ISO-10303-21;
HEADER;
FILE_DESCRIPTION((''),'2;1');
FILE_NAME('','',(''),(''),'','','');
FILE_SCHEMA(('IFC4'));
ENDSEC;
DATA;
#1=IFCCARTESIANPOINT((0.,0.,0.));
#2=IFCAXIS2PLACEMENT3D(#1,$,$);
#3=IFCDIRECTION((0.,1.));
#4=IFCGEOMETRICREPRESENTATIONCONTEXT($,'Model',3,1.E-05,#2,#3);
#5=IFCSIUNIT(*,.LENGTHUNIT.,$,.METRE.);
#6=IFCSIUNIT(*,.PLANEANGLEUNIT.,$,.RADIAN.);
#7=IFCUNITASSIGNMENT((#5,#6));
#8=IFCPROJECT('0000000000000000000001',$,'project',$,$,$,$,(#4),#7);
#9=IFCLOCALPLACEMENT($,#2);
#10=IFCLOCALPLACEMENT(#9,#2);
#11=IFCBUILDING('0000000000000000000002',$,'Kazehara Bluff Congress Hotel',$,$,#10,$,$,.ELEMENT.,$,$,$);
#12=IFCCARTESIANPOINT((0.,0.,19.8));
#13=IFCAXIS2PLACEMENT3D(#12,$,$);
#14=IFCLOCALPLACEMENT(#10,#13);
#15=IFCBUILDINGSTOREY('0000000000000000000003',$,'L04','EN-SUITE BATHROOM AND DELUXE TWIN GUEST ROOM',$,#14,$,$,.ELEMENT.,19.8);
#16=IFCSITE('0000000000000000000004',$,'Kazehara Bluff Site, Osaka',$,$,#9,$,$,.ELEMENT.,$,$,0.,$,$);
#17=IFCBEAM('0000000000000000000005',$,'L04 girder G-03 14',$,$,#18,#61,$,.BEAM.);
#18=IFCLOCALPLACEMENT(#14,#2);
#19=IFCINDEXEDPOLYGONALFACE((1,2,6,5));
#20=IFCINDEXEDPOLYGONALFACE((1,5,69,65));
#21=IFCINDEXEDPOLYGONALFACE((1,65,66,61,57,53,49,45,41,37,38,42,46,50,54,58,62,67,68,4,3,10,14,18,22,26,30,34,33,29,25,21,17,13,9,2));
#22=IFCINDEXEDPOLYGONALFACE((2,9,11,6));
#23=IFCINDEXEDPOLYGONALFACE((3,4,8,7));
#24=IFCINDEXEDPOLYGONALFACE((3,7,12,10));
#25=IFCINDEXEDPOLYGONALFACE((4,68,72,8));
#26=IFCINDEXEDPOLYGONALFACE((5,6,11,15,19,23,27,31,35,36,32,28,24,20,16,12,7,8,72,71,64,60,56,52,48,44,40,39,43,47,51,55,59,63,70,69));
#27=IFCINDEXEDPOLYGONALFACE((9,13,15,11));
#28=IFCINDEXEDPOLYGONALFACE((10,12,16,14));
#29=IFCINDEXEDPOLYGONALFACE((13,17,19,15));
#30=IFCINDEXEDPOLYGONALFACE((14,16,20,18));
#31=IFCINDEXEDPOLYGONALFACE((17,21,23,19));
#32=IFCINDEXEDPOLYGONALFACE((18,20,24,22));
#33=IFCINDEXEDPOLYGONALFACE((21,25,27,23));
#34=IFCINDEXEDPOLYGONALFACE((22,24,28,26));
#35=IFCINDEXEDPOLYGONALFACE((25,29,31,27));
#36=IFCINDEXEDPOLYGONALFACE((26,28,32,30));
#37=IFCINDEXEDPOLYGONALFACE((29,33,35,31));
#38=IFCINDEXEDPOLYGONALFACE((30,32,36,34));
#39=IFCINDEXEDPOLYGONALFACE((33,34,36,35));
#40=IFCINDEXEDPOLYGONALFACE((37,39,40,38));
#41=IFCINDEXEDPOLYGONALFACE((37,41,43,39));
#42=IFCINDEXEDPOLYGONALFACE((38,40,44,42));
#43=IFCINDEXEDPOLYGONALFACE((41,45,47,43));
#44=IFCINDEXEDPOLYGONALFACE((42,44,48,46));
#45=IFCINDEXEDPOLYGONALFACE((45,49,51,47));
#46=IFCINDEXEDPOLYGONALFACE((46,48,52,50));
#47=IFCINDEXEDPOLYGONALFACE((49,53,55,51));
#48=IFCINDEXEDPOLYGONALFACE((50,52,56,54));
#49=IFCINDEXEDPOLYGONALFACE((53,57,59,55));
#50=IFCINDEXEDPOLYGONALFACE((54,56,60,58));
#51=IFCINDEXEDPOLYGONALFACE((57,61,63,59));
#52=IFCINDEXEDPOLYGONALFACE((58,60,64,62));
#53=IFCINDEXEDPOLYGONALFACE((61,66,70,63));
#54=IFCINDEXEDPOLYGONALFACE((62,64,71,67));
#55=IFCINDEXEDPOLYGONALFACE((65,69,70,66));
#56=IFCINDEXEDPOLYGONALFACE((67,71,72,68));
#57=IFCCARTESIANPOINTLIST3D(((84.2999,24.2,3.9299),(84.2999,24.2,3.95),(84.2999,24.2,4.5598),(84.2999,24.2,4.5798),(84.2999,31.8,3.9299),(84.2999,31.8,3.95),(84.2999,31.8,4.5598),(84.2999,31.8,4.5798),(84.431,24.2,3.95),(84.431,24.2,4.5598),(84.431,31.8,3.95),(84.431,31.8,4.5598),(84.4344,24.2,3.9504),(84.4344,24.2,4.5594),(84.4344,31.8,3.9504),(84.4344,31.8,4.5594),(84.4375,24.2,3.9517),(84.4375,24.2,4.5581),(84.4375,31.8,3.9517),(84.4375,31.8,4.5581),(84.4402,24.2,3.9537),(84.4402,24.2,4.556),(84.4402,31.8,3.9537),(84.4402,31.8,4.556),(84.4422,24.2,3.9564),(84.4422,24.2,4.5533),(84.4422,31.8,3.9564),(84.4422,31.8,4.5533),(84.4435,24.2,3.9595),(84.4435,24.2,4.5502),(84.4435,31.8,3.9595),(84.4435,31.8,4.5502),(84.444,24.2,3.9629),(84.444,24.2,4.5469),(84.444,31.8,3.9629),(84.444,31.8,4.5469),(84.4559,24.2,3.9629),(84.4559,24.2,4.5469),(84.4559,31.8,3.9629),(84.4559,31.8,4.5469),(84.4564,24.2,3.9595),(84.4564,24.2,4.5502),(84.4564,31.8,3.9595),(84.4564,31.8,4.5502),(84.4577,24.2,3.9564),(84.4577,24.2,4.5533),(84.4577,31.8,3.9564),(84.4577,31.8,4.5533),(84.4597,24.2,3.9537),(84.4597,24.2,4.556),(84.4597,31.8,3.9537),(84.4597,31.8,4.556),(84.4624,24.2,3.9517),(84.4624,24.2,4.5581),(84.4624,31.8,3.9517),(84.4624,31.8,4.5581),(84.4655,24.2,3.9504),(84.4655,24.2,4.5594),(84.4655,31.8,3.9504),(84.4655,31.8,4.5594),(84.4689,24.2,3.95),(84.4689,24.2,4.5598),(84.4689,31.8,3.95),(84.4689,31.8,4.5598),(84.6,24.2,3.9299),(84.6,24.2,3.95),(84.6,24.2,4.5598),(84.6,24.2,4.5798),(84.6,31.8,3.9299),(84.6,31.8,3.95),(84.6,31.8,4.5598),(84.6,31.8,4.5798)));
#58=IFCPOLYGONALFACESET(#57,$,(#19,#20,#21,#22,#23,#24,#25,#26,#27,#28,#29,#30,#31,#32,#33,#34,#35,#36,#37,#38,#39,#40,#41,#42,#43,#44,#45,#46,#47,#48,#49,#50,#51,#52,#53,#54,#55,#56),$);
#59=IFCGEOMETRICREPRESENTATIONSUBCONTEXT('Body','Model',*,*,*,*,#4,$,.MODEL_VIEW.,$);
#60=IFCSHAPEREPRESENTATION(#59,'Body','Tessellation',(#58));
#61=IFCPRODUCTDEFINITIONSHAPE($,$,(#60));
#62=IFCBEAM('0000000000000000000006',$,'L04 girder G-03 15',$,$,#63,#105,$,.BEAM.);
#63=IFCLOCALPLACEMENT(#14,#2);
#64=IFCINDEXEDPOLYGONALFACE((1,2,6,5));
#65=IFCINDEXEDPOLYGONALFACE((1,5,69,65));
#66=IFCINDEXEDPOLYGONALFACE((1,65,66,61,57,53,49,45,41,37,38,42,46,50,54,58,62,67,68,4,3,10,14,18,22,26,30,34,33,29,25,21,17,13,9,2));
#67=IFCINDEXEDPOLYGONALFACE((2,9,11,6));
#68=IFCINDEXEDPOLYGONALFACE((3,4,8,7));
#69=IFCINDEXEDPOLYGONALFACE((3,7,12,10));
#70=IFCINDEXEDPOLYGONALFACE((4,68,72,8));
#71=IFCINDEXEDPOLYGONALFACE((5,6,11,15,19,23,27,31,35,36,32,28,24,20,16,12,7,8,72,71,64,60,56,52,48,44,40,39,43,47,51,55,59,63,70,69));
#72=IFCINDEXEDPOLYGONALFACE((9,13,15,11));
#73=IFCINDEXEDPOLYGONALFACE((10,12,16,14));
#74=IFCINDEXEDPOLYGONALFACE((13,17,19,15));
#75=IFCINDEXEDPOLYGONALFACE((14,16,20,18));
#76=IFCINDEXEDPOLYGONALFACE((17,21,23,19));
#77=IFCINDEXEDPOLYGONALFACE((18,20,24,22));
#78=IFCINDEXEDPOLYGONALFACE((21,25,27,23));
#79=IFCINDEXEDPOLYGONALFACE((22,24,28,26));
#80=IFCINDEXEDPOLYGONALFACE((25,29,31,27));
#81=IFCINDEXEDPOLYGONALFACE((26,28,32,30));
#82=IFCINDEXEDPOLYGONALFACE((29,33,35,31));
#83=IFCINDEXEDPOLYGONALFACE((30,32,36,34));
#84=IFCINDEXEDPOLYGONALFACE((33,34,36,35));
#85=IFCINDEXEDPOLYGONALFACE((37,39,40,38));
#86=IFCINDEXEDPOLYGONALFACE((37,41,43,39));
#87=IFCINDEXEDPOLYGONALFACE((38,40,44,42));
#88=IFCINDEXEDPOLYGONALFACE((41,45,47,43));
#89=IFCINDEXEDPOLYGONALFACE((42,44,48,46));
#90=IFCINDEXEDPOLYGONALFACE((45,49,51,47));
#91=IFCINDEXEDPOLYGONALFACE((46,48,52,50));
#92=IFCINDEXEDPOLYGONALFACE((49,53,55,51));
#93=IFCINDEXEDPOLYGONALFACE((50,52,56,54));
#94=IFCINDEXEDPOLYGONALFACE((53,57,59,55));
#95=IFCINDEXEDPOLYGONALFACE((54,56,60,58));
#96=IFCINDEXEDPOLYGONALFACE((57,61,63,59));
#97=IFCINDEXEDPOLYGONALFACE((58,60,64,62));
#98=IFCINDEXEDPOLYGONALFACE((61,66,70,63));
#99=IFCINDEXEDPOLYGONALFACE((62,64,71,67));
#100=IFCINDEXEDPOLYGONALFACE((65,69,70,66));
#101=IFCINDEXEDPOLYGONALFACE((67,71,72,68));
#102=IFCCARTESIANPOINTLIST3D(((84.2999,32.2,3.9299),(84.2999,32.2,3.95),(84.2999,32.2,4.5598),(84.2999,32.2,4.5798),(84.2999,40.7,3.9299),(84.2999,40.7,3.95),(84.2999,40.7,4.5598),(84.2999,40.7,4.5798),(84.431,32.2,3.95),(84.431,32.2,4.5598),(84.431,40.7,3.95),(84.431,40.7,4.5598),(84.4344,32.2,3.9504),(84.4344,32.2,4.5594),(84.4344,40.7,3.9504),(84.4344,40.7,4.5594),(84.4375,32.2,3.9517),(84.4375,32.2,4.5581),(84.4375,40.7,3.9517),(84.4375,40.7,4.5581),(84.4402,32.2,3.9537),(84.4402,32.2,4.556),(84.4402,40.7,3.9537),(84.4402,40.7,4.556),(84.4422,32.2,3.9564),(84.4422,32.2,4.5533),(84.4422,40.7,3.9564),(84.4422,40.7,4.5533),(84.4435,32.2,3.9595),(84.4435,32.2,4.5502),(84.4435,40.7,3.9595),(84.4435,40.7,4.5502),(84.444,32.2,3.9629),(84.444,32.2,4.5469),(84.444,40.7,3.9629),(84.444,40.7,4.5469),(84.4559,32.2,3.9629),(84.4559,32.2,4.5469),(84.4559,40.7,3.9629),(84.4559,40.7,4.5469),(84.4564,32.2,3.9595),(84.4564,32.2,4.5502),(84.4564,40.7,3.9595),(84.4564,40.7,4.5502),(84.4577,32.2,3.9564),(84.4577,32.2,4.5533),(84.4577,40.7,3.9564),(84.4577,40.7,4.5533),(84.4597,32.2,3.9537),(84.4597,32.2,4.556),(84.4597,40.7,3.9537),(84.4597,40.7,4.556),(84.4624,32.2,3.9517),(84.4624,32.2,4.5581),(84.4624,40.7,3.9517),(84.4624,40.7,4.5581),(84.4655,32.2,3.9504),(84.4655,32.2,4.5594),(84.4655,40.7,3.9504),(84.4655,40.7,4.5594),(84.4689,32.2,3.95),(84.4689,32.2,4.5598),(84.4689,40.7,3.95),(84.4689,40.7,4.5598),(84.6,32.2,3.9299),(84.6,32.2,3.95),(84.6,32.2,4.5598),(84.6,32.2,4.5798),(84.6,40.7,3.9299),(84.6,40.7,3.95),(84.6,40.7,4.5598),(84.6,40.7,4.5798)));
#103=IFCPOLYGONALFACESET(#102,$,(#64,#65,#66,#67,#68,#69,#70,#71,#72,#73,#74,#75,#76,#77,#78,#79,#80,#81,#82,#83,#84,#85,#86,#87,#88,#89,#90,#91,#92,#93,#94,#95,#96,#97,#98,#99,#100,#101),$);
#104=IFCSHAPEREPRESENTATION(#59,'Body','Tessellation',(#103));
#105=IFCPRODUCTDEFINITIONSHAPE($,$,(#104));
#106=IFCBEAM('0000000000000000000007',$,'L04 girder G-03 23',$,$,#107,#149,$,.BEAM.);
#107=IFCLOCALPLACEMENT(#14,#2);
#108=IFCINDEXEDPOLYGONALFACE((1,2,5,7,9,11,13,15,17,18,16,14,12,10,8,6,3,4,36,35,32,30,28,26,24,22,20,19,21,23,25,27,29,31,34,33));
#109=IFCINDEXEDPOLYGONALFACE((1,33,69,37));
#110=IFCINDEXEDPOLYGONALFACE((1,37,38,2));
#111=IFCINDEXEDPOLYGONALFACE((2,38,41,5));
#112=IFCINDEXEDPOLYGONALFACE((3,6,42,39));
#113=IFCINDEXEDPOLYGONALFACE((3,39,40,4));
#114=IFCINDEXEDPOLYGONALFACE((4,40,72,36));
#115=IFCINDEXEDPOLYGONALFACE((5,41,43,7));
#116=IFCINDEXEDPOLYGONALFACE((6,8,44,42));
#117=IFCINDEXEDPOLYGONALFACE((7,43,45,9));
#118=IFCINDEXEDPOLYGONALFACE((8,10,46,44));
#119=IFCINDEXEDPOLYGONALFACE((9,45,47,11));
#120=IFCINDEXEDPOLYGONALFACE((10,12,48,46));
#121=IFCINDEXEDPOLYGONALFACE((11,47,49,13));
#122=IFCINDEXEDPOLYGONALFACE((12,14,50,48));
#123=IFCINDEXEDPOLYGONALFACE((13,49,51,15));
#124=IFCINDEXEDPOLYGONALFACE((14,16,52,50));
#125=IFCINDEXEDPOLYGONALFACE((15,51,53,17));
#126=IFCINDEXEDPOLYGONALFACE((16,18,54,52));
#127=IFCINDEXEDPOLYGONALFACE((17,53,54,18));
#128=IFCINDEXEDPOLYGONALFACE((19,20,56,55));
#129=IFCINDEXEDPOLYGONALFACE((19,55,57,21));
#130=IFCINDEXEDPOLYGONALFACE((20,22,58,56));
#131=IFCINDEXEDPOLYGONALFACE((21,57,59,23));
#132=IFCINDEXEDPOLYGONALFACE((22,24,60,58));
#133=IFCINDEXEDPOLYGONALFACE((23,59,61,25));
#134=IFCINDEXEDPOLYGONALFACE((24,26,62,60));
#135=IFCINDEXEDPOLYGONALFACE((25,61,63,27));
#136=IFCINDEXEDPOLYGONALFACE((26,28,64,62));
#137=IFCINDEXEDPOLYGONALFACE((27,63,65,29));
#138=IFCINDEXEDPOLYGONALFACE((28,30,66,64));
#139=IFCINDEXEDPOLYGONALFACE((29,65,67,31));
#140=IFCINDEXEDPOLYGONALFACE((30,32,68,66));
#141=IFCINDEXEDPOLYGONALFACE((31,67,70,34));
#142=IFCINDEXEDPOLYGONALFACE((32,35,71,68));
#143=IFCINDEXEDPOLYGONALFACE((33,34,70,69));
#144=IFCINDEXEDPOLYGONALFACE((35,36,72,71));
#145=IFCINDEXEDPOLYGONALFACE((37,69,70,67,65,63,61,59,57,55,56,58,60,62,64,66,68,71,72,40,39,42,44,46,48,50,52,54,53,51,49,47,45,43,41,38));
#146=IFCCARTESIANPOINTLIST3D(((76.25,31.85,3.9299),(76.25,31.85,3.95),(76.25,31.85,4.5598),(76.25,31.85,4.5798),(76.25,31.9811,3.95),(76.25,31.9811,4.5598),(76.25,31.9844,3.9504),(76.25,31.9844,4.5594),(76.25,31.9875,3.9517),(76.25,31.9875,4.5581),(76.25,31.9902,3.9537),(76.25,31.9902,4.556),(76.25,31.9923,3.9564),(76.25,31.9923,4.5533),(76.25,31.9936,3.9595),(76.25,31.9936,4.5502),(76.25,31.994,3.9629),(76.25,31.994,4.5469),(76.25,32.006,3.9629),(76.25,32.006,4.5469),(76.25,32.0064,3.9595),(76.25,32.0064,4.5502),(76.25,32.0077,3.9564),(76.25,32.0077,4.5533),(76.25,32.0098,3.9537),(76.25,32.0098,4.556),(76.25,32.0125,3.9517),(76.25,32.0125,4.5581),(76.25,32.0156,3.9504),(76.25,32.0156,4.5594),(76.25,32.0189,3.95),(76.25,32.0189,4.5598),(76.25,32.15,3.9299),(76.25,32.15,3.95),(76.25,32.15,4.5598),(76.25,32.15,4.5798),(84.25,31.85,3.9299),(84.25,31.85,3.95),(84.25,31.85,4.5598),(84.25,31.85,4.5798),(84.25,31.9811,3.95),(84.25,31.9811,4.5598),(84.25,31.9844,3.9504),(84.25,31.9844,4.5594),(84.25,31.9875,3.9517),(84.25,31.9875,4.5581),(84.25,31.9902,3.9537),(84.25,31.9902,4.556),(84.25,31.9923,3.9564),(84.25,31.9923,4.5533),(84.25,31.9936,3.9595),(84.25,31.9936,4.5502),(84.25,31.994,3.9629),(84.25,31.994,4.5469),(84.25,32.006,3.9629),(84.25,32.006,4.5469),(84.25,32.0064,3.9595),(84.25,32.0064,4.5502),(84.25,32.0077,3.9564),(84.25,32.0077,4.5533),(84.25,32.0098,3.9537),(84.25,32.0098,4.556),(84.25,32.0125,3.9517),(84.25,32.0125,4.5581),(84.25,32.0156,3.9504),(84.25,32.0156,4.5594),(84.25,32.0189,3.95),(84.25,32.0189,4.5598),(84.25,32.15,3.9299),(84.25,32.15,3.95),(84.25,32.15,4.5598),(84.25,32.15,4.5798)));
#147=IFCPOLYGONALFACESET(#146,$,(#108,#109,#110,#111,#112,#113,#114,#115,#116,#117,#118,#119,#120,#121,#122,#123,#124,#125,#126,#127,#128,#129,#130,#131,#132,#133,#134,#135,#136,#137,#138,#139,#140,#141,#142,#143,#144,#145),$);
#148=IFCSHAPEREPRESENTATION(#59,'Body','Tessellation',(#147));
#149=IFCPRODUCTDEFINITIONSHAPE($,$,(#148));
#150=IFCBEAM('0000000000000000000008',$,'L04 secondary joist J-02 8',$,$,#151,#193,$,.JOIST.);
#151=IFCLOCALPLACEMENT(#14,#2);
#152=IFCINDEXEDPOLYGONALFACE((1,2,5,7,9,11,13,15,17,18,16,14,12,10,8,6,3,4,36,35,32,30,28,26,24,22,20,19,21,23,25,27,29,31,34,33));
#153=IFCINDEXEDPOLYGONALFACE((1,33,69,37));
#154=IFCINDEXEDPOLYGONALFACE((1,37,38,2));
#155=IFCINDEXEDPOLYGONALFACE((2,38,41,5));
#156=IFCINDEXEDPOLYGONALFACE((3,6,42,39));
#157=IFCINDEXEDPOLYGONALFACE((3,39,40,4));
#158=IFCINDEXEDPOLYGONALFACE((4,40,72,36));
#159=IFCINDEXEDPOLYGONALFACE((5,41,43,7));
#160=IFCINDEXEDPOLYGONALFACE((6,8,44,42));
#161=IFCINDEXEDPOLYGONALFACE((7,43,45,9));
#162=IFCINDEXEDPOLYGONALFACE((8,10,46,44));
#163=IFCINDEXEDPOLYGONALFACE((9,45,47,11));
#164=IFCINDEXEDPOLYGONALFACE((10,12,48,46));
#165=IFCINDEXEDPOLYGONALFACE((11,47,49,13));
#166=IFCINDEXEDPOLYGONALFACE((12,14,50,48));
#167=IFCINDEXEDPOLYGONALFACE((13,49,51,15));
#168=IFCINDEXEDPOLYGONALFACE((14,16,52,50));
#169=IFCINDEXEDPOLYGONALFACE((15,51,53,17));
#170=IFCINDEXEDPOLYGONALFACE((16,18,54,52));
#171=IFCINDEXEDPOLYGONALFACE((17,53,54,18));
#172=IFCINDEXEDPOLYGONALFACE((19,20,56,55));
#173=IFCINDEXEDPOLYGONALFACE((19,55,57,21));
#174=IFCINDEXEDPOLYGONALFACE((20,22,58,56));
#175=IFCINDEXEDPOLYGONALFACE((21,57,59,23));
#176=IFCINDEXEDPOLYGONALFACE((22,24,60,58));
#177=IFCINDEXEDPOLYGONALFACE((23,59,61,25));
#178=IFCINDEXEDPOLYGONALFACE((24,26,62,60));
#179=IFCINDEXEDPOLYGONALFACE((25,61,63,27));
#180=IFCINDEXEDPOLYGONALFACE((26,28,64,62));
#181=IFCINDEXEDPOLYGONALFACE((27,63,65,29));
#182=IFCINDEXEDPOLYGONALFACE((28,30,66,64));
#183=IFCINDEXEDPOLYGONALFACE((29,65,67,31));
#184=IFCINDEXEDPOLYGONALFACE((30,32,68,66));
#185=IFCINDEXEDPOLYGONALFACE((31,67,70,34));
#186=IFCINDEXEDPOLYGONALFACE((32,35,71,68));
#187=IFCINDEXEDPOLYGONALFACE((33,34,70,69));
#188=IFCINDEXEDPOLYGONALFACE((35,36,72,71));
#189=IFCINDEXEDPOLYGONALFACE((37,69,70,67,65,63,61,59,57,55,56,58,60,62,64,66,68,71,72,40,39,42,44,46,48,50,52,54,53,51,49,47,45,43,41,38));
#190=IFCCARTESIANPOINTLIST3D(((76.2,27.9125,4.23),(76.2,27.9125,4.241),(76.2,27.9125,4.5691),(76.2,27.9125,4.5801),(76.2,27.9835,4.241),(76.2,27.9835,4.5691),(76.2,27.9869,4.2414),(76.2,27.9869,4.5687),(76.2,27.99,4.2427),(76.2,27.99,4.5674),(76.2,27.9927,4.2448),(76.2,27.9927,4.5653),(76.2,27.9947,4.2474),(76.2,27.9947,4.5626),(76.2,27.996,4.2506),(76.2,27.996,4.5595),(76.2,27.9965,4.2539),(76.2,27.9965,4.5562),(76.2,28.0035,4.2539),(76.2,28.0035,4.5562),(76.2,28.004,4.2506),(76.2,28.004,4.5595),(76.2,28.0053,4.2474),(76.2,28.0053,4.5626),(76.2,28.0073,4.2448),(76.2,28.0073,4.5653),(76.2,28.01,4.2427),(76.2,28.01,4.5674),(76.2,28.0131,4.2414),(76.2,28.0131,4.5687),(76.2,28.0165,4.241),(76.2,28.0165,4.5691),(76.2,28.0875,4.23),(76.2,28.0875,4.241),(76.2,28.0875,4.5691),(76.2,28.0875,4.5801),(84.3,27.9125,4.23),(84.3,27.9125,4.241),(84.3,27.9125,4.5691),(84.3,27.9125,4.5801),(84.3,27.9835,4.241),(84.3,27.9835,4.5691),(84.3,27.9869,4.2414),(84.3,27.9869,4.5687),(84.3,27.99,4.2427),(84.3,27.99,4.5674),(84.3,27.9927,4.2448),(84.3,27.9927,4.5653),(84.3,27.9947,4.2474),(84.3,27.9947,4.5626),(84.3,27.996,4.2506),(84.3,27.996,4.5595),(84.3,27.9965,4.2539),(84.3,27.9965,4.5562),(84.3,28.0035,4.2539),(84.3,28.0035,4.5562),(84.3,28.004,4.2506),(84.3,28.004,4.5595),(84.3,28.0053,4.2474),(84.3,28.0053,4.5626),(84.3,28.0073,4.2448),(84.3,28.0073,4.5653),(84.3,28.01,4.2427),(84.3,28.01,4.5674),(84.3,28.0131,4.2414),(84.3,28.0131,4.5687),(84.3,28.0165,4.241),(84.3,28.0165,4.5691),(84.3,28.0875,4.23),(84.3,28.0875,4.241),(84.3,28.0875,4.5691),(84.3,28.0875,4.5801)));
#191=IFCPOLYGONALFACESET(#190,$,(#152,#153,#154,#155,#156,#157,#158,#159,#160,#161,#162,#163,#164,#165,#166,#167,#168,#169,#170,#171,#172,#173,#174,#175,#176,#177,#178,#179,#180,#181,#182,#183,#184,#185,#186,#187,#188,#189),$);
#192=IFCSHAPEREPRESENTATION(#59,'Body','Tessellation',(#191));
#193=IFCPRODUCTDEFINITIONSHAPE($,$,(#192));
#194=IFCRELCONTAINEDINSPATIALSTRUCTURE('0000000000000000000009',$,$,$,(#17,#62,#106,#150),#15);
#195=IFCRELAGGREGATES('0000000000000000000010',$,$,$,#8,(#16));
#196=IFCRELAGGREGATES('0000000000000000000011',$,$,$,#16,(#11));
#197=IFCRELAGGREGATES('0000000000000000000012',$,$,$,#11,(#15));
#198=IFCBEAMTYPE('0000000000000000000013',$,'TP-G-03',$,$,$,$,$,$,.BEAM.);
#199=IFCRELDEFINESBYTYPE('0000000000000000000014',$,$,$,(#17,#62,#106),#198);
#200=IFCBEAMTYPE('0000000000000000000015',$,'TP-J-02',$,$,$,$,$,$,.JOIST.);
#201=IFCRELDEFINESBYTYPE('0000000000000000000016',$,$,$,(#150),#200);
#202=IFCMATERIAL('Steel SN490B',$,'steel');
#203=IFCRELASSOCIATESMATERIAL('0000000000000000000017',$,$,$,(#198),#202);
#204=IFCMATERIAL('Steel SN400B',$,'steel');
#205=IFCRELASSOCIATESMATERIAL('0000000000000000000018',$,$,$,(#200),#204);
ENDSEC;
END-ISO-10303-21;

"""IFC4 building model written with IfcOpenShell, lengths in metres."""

from ifc_helpers import new_model, si_unit, direction, frame, origin, origin_2d, place, context, subcontext, project, spatial, i_section, extrude, material, material_profile, profile_set, type_object, element, save


model = new_model("IFC4")

# Units and contexts
model_context = context("Model", 3, precision=1e-05, world=origin(), true_north=direction((0.0, 1.0)))
body_context = subcontext(model_context, "Body", "Model", "MODEL_VIEW")
ifc_project = project(units=[si_unit("LENGTHUNIT", "METRE"), si_unit("PLANEANGLEUNIT", "RADIAN")], contexts=[model_context])

# Site, building, storey
site_placement = place(None, origin())
site = spatial("IfcSite", under=ifc_project, at=site_placement, Name="Kazehara Bluff Site, Osaka", CompositionType="ELEMENT", RefElevation=0.0)
building_placement = place(site_placement, origin())
building = spatial("IfcBuilding", under=site, at=building_placement, Name="Kazehara Bluff Congress Hotel", CompositionType="ELEMENT")
storey_placement = place(building_placement, frame((0.0, 0.0, 19.8)))
storey = spatial("IfcBuildingStorey", under=building, at=storey_placement, Name="L04", Description="EN-SUITE BATHROOM AND DELUXE TWIN GUEST ROOM", CompositionType="ELEMENT", Elevation=19.8)

# Beams
ifc_material_1 = material(Name="Steel SN490B", Category="steel")
ifc_material_profile_1 = material_profile(ifc_material_1, i_section(OverallWidth=0.3, OverallDepth=0.6499, WebThickness=0.012, FlangeThickness=0.02, FilletRadius=0.0129, at=origin_2d()))
ifc_profile_set_1 = profile_set([ifc_material_profile_1], Name="Steel SN490B")
beam_type_1 = type_object("IfcBeamType", Name="TP-G-03", PredefinedType="BEAM", material=ifc_profile_set_1)
beam_1_placement = place(storey_placement, frame((84.45, 24.2, 4.2549), z_axis=(0.0, 1.0, 0.0), x_axis=(-1.0, 0.0, 0.0)))
element("IfcBeam", 1, at=beam_1_placement, inside=storey, type_object=beam_type_1, Name="L04 girder G-03 14", PredefinedType="BEAM", context=body_context, shape_type="SweptSolid", body=[
    extrude(i_section(OverallWidth=0.3, OverallDepth=0.6499, WebThickness=0.012, FlangeThickness=0.02, FilletRadius=0.0129, at=origin_2d()), origin(), (0.0, 0.0, 1.0), 7.6001),
])
beam_2_placement = place(storey_placement, frame((84.45, 32.2, 4.2549), z_axis=(0.0, 1.0, 0.0), x_axis=(-1.0, 0.0, 0.0)))
element("IfcBeam", 2, at=beam_2_placement, inside=storey, type_object=beam_type_1, Name="L04 girder G-03 15", PredefinedType="BEAM", context=body_context, shape_type="SweptSolid", body=[
    extrude(i_section(OverallWidth=0.3, OverallDepth=0.6499, WebThickness=0.012, FlangeThickness=0.02, FilletRadius=0.0129, at=origin_2d()), origin(), (0.0, 0.0, 1.0), 8.5),
])
beam_3_placement = place(storey_placement, frame((76.25, 32.0, 4.2549), z_axis=(1.0, 0.0, 0.0), x_axis=(0.0, 1.0, 0.0)))
element("IfcBeam", 3, at=beam_3_placement, inside=storey, type_object=beam_type_1, Name="L04 girder G-03 23", PredefinedType="BEAM", context=body_context, shape_type="SweptSolid", body=[
    extrude(i_section(OverallWidth=0.3, OverallDepth=0.6499, WebThickness=0.012, FlangeThickness=0.02, FilletRadius=0.0129, at=origin_2d()), origin(), (0.0, 0.0, 1.0), 8.0),
])
ifc_material_2 = material(Name="Steel SN400B", Category="steel")
ifc_material_profile_2 = material_profile(ifc_material_2, i_section(OverallWidth=0.175, OverallDepth=0.3501, WebThickness=0.0071, FlangeThickness=0.011, FilletRadius=0.0129, at=origin_2d()))
ifc_profile_set_2 = profile_set([ifc_material_profile_2], Name="Steel SN400B")
beam_type_2 = type_object("IfcBeamType", Name="TP-J-02", PredefinedType="JOIST", material=ifc_profile_set_2)
beam_4_placement = place(storey_placement, frame((76.2, 28.0, 4.405), z_axis=(1.0, 0.0, 0.0), x_axis=(0.0, 1.0, 0.0)))
element("IfcBeam", 4, at=beam_4_placement, inside=storey, type_object=beam_type_2, Name="L04 secondary joist J-02 8", PredefinedType="JOIST", context=body_context, shape_type="SweptSolid", body=[
    extrude(i_section(OverallWidth=0.175, OverallDepth=0.3501, WebThickness=0.0071, FlangeThickness=0.011, FilletRadius=0.0129, at=origin_2d()), origin(), (0.0, 0.0, 1.0), 8.1001),
])

save(model, "model.ifc")
